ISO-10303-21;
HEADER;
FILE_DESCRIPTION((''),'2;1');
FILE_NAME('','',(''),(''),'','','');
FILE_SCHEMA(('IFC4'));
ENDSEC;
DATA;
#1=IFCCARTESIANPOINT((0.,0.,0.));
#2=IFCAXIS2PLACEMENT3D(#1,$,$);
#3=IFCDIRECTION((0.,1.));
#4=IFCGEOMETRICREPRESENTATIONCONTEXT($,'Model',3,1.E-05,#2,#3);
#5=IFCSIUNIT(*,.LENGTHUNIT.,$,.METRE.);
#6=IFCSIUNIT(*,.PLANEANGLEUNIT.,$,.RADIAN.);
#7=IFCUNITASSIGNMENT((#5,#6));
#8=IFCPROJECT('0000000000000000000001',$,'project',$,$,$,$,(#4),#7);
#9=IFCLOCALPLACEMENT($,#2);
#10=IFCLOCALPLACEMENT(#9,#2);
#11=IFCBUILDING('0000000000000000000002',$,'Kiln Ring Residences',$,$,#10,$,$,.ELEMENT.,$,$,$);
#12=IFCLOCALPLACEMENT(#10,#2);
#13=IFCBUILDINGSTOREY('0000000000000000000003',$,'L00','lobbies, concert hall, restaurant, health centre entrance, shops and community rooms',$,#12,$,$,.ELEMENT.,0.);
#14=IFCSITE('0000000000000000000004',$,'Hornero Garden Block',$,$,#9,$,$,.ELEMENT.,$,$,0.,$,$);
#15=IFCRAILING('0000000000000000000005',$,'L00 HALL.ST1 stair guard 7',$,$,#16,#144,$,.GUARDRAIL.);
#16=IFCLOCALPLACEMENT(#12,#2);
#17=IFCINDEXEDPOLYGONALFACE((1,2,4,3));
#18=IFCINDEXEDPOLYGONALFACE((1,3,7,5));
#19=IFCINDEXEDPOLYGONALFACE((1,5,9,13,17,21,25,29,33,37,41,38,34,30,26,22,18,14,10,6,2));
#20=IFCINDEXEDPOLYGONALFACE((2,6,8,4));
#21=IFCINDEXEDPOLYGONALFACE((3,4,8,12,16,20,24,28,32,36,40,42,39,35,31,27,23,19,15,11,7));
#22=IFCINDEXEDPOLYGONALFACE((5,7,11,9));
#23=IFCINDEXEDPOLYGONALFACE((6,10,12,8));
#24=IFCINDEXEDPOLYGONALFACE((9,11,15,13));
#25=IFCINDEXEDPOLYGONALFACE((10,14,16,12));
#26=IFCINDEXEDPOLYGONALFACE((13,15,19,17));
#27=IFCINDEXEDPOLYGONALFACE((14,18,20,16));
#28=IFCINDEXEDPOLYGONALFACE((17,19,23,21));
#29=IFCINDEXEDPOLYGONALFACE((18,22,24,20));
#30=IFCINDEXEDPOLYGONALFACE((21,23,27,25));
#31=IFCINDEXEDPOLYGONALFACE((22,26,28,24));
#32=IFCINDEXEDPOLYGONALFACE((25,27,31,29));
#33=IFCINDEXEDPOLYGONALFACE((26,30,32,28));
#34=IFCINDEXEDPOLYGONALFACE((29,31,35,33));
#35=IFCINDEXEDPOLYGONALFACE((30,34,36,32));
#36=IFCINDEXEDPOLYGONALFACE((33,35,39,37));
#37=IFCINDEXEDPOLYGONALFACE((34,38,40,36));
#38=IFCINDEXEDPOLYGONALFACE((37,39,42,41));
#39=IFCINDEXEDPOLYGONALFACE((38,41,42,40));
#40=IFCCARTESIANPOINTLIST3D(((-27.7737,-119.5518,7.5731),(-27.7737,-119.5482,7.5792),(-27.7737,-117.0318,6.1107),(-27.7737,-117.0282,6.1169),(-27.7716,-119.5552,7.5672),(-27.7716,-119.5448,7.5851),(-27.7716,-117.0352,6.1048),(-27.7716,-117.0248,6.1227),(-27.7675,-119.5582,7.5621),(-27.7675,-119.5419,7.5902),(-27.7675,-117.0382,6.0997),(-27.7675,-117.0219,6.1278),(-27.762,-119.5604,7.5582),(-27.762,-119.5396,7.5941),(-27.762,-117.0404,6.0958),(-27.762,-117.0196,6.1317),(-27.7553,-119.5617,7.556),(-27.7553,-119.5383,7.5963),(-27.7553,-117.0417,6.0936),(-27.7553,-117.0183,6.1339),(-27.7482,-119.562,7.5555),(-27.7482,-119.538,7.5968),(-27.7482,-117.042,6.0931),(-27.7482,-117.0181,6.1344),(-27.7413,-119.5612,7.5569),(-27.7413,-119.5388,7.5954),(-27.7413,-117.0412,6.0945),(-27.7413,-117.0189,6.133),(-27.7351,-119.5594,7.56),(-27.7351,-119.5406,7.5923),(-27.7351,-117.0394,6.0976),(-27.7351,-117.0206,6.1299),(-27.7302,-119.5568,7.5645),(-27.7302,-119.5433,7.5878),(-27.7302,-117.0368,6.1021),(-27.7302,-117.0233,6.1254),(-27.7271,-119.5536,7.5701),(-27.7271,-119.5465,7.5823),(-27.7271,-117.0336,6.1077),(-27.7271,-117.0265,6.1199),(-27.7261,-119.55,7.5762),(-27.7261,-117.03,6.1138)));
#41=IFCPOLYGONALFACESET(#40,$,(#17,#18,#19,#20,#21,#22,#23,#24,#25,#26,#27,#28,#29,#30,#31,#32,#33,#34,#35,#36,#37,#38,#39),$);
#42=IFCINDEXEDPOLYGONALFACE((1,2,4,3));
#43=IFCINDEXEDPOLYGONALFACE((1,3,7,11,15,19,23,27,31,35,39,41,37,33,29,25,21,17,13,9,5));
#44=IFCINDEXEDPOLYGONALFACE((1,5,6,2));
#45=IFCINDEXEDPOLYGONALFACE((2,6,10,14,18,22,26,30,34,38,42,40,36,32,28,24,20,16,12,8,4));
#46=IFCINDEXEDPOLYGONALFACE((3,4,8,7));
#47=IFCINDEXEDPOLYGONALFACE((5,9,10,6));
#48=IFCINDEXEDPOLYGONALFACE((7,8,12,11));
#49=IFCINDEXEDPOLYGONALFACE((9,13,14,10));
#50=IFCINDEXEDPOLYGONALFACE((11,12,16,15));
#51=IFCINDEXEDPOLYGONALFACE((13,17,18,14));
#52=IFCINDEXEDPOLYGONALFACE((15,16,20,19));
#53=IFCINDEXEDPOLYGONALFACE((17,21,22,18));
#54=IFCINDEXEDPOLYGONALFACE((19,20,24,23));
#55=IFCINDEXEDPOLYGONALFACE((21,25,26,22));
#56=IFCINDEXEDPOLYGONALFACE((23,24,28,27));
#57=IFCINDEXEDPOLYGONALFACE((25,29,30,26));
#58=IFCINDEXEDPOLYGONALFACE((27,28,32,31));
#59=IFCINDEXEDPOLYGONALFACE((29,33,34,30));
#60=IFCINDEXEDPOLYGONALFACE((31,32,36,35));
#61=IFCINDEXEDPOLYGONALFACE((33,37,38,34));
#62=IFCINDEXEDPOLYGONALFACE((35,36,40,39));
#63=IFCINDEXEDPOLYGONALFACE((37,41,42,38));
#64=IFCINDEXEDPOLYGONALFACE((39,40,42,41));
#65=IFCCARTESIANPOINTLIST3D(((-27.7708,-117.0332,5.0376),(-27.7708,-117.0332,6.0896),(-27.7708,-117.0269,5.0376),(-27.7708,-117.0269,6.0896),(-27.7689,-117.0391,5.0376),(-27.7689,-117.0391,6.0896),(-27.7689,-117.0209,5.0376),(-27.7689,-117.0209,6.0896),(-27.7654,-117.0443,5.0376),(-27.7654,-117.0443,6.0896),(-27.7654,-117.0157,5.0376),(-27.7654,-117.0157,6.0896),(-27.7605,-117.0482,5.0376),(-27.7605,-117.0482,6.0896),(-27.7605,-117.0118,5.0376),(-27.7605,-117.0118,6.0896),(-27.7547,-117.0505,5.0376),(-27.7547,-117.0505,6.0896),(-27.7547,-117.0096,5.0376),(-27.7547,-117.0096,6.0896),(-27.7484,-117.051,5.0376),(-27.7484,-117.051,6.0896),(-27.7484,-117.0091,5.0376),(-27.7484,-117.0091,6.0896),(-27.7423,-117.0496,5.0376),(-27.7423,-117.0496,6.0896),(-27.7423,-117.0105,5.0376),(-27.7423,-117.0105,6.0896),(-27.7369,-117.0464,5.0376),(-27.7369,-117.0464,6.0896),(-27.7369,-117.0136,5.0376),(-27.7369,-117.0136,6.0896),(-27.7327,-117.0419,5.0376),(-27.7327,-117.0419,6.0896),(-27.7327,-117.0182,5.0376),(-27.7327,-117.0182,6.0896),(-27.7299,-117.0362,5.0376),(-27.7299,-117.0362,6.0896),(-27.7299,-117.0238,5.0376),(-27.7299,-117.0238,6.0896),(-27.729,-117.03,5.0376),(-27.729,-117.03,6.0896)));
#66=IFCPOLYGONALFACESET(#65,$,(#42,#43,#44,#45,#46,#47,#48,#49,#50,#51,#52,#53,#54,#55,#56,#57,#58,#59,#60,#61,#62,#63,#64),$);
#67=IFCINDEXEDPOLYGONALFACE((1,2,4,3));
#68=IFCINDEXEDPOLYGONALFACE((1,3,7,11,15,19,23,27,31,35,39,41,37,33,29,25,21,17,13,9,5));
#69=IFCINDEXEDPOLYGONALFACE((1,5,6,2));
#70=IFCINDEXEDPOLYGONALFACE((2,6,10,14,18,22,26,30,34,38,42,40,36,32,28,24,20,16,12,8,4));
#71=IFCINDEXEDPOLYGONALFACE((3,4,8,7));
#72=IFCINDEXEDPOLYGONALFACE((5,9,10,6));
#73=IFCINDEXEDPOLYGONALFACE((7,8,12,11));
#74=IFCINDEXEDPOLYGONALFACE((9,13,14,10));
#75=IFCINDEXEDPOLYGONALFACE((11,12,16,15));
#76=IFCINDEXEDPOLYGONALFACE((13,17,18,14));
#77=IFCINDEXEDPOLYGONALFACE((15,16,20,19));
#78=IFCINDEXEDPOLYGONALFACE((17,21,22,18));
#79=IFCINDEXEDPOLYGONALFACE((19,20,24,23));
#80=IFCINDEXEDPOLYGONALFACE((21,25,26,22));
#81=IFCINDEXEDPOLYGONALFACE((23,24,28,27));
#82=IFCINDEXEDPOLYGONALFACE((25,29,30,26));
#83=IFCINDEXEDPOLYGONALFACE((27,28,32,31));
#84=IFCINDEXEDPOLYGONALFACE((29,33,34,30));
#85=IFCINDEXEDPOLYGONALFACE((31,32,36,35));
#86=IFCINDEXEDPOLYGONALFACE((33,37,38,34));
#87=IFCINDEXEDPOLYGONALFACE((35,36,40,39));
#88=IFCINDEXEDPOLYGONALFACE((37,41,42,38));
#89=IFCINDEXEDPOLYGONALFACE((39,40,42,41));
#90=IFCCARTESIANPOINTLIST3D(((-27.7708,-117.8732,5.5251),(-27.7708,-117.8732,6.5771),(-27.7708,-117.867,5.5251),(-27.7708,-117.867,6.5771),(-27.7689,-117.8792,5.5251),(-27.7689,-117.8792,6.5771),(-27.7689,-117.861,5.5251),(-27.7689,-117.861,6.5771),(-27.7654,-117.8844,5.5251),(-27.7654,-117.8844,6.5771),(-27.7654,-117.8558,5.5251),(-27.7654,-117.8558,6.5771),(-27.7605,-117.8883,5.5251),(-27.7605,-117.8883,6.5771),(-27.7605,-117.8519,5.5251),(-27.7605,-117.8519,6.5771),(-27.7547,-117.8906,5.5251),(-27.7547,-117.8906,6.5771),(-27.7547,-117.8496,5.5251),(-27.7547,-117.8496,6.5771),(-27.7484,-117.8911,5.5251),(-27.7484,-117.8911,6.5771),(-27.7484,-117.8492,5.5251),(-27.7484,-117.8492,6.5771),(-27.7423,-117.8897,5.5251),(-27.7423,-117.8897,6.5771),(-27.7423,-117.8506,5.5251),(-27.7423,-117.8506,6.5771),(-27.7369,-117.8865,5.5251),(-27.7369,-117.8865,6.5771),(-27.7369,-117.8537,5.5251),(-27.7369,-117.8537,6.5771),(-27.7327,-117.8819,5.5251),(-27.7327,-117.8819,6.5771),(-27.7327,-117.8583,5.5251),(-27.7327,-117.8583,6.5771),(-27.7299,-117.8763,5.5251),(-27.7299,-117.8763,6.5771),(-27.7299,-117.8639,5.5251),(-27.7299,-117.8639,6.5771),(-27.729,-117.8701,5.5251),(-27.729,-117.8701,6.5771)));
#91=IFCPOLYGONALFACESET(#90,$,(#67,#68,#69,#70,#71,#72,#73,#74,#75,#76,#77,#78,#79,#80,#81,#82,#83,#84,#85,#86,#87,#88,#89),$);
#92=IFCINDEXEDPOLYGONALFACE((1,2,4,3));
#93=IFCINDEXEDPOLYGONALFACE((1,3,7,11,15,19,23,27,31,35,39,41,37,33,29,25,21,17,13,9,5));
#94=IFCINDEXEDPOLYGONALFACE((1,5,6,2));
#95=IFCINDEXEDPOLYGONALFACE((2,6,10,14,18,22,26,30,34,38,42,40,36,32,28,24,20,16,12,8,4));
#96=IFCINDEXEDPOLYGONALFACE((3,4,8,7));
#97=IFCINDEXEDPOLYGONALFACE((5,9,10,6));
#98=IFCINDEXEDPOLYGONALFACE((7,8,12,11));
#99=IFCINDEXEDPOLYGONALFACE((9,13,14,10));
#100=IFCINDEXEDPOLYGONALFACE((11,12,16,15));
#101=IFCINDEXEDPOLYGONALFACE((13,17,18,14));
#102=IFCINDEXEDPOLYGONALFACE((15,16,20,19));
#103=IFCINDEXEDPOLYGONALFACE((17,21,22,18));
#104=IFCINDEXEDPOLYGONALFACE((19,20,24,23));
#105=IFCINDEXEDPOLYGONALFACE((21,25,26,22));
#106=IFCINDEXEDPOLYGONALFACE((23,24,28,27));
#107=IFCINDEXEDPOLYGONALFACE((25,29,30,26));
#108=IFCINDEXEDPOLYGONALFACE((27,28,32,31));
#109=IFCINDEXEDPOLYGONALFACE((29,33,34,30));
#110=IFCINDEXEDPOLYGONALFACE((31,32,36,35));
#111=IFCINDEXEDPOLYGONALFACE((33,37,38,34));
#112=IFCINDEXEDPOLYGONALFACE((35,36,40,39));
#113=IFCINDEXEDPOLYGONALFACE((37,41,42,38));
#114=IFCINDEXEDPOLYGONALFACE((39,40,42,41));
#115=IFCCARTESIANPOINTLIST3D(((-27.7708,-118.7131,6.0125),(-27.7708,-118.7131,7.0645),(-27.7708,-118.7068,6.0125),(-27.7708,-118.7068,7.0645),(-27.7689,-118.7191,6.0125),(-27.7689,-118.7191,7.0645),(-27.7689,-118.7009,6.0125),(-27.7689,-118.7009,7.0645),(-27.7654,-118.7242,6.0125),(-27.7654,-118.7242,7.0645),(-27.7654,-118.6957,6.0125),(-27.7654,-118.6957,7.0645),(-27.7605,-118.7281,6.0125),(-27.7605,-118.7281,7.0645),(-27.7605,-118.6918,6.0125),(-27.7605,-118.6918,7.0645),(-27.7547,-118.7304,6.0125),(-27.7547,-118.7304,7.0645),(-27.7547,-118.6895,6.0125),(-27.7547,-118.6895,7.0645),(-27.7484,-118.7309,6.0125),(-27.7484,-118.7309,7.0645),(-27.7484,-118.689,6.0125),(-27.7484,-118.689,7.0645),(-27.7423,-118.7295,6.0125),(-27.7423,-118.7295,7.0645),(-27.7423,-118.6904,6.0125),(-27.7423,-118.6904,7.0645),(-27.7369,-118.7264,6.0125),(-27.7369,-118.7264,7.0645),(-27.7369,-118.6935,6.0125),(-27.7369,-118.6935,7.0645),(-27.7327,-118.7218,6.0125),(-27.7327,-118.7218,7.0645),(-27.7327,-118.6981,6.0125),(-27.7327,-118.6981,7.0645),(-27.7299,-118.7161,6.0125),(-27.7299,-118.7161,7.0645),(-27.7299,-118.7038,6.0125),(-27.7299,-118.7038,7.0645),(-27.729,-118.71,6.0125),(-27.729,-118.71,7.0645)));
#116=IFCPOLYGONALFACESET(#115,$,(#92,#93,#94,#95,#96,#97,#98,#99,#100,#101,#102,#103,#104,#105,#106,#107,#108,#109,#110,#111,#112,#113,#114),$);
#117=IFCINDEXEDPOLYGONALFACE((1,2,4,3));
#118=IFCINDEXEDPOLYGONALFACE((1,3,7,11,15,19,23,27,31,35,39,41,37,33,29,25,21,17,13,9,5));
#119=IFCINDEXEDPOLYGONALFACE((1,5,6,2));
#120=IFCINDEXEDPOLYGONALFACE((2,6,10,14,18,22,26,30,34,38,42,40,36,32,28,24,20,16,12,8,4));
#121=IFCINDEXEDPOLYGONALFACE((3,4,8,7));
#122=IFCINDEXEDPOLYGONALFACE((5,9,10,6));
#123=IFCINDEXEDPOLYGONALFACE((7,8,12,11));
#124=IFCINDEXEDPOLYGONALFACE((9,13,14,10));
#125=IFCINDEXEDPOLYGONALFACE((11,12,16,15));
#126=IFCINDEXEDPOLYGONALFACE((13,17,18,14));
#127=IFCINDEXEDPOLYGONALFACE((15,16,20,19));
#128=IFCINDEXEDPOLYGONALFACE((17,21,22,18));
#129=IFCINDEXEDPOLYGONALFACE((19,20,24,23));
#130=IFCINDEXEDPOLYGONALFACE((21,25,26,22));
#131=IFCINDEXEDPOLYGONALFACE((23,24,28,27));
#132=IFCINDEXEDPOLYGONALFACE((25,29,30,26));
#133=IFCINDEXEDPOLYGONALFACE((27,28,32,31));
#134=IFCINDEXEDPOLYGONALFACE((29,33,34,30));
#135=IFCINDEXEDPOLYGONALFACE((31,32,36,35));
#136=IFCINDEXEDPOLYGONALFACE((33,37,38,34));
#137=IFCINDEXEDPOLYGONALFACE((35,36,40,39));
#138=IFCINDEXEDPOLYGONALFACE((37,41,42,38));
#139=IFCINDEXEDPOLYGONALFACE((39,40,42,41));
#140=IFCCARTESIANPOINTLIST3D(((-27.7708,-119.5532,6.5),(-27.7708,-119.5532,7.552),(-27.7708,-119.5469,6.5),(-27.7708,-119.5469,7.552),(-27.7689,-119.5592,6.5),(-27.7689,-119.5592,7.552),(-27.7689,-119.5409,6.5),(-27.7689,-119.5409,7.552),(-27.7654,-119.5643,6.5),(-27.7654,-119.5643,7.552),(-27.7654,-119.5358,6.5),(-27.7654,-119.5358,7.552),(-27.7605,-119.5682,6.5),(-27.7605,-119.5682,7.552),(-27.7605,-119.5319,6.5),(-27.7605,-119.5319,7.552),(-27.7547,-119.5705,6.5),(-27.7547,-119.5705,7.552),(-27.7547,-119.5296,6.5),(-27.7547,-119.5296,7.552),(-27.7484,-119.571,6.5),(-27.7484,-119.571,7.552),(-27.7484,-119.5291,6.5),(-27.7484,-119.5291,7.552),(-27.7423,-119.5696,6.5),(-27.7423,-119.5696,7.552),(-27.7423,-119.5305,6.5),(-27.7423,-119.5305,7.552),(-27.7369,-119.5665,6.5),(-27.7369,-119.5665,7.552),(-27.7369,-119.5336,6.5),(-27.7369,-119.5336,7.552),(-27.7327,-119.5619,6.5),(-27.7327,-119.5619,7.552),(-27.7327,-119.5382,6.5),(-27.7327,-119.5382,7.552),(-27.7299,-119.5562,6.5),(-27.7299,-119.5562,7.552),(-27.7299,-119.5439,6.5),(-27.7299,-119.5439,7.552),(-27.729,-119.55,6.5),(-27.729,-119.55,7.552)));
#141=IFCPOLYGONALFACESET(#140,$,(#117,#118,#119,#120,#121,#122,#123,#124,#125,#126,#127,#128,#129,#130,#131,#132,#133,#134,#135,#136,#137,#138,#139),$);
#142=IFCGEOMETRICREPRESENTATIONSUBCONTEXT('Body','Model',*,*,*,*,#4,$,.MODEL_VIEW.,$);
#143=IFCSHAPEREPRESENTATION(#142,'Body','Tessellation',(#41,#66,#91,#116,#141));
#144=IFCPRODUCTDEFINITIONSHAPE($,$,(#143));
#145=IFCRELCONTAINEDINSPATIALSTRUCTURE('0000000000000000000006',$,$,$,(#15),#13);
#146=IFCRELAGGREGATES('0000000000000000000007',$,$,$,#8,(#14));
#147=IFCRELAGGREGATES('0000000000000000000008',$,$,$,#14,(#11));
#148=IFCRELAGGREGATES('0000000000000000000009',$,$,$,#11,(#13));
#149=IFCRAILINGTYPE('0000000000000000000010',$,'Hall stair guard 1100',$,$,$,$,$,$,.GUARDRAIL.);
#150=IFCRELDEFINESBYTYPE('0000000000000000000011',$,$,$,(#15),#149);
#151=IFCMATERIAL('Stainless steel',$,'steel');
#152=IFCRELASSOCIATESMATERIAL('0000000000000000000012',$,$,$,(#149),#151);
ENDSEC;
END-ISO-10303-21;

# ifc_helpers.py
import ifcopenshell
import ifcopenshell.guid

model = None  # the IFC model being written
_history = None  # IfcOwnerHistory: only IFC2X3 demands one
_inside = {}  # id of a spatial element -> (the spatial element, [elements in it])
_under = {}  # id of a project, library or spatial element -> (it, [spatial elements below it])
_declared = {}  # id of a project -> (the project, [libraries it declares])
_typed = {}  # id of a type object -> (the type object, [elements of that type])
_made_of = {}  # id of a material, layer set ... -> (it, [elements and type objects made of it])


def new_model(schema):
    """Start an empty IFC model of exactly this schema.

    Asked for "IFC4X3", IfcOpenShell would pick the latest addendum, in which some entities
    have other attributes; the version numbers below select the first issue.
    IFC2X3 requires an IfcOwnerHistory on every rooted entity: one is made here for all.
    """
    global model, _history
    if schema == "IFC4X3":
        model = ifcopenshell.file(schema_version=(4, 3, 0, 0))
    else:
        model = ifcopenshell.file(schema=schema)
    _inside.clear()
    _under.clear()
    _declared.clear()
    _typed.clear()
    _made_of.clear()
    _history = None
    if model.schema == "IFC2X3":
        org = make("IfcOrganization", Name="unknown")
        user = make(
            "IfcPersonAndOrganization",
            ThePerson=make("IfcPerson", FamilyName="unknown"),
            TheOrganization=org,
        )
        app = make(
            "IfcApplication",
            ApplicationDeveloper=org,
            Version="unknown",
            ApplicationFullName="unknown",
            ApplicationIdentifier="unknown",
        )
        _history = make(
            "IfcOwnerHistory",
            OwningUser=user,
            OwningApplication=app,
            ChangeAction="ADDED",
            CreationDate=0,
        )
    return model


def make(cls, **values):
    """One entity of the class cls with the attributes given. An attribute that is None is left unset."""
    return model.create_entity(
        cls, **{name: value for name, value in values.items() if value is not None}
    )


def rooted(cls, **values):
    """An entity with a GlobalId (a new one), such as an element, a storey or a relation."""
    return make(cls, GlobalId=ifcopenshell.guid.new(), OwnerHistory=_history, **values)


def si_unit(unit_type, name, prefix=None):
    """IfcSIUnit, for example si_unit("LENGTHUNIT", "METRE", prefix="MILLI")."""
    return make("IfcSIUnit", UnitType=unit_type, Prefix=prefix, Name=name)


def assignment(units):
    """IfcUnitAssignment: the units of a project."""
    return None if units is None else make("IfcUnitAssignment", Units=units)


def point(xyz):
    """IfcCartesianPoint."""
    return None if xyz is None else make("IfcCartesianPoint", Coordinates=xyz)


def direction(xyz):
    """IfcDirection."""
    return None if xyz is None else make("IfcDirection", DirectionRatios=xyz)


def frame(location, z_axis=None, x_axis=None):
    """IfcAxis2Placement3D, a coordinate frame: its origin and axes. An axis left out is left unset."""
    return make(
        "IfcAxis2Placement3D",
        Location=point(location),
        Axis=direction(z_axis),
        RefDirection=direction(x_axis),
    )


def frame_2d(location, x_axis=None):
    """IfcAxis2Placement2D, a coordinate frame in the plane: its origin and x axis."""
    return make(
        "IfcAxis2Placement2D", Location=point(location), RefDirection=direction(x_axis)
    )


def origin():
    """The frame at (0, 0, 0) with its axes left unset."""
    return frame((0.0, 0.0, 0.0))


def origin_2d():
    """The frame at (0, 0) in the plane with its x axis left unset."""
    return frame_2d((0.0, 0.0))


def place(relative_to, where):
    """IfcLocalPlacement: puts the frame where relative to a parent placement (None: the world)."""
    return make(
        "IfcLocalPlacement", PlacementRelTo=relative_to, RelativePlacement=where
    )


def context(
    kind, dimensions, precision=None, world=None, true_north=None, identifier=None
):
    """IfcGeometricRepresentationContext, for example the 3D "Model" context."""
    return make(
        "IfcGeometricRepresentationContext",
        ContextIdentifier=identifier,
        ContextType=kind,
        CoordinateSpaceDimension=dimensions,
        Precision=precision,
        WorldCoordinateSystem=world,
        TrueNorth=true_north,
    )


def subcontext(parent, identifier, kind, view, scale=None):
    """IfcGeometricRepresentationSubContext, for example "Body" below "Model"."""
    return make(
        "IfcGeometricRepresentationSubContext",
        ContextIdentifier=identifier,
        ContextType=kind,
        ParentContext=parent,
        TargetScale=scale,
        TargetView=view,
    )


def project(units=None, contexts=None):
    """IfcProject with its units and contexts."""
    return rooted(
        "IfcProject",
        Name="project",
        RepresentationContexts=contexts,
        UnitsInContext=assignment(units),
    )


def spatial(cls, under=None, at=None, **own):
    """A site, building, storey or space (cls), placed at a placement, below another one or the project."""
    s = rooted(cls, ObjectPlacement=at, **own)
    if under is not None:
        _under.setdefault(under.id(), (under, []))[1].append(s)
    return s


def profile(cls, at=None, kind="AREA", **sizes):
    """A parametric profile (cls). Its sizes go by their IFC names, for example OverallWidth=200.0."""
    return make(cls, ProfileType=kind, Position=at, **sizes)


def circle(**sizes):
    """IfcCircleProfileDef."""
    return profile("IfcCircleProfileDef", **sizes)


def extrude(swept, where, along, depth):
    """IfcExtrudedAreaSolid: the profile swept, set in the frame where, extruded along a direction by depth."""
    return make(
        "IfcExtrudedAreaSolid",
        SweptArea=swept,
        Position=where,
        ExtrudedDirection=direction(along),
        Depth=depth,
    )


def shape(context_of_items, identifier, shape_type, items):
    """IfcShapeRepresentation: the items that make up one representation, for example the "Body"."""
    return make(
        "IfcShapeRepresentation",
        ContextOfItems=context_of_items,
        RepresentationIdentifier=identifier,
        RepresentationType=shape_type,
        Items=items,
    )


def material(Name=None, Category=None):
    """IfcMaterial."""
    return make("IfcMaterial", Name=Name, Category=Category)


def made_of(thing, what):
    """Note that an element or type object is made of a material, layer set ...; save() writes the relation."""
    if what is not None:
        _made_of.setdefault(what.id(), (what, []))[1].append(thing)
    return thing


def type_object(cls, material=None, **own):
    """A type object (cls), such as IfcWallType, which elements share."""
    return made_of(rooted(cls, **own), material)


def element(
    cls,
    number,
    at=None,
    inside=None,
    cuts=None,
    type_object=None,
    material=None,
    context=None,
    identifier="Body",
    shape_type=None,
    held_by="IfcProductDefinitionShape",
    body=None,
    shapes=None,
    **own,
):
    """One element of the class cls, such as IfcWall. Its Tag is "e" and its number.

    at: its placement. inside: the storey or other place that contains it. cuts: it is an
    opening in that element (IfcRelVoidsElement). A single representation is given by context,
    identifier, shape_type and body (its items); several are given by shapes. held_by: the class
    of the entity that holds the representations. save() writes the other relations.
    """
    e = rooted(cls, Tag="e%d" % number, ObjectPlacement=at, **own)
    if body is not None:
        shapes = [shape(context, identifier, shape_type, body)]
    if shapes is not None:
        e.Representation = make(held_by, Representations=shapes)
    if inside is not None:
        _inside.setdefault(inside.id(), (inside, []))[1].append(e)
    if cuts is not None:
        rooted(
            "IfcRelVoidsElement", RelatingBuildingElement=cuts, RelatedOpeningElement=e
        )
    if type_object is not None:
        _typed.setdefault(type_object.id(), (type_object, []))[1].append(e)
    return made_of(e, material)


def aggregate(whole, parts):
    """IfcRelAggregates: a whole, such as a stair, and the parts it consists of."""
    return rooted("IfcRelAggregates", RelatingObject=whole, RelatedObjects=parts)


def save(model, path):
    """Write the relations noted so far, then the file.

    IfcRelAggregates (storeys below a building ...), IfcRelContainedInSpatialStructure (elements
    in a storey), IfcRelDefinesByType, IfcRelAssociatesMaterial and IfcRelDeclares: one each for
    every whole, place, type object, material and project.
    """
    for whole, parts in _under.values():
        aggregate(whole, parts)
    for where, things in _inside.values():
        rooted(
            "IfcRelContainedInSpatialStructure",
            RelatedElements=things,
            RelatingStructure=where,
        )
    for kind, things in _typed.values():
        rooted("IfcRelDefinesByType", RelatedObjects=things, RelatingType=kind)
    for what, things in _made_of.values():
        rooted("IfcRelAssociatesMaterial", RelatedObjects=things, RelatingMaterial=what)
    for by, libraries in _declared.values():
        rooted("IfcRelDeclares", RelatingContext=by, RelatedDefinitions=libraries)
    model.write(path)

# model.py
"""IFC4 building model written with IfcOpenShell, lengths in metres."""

from ifc_helpers import new_model, si_unit, direction, frame, origin, origin_2d, place, context, subcontext, project, spatial, circle, extrude, material, type_object, element, save


model = new_model("IFC4")

# Units and contexts
model_context = context("Model", 3, precision=1e-05, world=origin(), true_north=direction((0.0, 1.0)))
body_context = subcontext(model_context, "Body", "Model", "MODEL_VIEW")
ifc_project = project(units=[si_unit("LENGTHUNIT", "METRE"), si_unit("PLANEANGLEUNIT", "RADIAN")], contexts=[model_context])

# Site, building, storey
site_placement = place(None, origin())
site = spatial("IfcSite", under=ifc_project, at=site_placement, Name="Hornero Garden Block", CompositionType="ELEMENT", RefElevation=0.0)
building_placement = place(site_placement, origin())
building = spatial("IfcBuilding", under=site, at=building_placement, Name="Kiln Ring Residences", CompositionType="ELEMENT")
storey_placement = place(building_placement, origin())
storey = spatial("IfcBuildingStorey", under=building, at=storey_placement, Name="L00", Description="lobbies, concert hall, restaurant, health centre entrance, shops and community rooms", CompositionType="ELEMENT", Elevation=0.0)

# Railing
ifc_material_1 = material(Name="Stainless steel", Category="steel")
railing_type_1 = type_object("IfcRailingType", Name="Hall stair guard 1100", PredefinedType="GUARDRAIL", material=ifc_material_1)
railing_1_placement = place(storey_placement, frame((-27.75, -117.03, 5.0376)))
element("IfcRailing", 1, at=railing_1_placement, inside=storey, type_object=railing_type_1, Name="L00 HALL.ST1 stair guard 7", PredefinedType="GUARDRAIL", context=body_context, shape_type="SweptSolid", body=[
    extrude(circle(Radius=0.0239, at=origin_2d()), frame((0.0, 0.0, 1.0762), z_axis=(0.0, -0.864913, 0.501921), x_axis=(1.0, 0.0, 0.0)), (0.0, 0.0, 1.0), 2.9136),
    extrude(circle(Radius=0.021, at=origin_2d()), origin(), (0.0, 0.0, 1.0), 1.052),
    extrude(circle(Radius=0.021, at=origin_2d()), frame((0.0, -0.8401, 0.4875)), (0.0, 0.0, 1.0), 1.052),
    extrude(circle(Radius=0.021, at=origin_2d()), frame((0.0, -1.6799, 0.9749)), (0.0, 0.0, 1.0), 1.052),
    extrude(circle(Radius=0.021, at=origin_2d()), frame((0.0, -2.52, 1.4624)), (0.0, 0.0, 1.0), 1.052),
])

save(model, "model.ifc")
